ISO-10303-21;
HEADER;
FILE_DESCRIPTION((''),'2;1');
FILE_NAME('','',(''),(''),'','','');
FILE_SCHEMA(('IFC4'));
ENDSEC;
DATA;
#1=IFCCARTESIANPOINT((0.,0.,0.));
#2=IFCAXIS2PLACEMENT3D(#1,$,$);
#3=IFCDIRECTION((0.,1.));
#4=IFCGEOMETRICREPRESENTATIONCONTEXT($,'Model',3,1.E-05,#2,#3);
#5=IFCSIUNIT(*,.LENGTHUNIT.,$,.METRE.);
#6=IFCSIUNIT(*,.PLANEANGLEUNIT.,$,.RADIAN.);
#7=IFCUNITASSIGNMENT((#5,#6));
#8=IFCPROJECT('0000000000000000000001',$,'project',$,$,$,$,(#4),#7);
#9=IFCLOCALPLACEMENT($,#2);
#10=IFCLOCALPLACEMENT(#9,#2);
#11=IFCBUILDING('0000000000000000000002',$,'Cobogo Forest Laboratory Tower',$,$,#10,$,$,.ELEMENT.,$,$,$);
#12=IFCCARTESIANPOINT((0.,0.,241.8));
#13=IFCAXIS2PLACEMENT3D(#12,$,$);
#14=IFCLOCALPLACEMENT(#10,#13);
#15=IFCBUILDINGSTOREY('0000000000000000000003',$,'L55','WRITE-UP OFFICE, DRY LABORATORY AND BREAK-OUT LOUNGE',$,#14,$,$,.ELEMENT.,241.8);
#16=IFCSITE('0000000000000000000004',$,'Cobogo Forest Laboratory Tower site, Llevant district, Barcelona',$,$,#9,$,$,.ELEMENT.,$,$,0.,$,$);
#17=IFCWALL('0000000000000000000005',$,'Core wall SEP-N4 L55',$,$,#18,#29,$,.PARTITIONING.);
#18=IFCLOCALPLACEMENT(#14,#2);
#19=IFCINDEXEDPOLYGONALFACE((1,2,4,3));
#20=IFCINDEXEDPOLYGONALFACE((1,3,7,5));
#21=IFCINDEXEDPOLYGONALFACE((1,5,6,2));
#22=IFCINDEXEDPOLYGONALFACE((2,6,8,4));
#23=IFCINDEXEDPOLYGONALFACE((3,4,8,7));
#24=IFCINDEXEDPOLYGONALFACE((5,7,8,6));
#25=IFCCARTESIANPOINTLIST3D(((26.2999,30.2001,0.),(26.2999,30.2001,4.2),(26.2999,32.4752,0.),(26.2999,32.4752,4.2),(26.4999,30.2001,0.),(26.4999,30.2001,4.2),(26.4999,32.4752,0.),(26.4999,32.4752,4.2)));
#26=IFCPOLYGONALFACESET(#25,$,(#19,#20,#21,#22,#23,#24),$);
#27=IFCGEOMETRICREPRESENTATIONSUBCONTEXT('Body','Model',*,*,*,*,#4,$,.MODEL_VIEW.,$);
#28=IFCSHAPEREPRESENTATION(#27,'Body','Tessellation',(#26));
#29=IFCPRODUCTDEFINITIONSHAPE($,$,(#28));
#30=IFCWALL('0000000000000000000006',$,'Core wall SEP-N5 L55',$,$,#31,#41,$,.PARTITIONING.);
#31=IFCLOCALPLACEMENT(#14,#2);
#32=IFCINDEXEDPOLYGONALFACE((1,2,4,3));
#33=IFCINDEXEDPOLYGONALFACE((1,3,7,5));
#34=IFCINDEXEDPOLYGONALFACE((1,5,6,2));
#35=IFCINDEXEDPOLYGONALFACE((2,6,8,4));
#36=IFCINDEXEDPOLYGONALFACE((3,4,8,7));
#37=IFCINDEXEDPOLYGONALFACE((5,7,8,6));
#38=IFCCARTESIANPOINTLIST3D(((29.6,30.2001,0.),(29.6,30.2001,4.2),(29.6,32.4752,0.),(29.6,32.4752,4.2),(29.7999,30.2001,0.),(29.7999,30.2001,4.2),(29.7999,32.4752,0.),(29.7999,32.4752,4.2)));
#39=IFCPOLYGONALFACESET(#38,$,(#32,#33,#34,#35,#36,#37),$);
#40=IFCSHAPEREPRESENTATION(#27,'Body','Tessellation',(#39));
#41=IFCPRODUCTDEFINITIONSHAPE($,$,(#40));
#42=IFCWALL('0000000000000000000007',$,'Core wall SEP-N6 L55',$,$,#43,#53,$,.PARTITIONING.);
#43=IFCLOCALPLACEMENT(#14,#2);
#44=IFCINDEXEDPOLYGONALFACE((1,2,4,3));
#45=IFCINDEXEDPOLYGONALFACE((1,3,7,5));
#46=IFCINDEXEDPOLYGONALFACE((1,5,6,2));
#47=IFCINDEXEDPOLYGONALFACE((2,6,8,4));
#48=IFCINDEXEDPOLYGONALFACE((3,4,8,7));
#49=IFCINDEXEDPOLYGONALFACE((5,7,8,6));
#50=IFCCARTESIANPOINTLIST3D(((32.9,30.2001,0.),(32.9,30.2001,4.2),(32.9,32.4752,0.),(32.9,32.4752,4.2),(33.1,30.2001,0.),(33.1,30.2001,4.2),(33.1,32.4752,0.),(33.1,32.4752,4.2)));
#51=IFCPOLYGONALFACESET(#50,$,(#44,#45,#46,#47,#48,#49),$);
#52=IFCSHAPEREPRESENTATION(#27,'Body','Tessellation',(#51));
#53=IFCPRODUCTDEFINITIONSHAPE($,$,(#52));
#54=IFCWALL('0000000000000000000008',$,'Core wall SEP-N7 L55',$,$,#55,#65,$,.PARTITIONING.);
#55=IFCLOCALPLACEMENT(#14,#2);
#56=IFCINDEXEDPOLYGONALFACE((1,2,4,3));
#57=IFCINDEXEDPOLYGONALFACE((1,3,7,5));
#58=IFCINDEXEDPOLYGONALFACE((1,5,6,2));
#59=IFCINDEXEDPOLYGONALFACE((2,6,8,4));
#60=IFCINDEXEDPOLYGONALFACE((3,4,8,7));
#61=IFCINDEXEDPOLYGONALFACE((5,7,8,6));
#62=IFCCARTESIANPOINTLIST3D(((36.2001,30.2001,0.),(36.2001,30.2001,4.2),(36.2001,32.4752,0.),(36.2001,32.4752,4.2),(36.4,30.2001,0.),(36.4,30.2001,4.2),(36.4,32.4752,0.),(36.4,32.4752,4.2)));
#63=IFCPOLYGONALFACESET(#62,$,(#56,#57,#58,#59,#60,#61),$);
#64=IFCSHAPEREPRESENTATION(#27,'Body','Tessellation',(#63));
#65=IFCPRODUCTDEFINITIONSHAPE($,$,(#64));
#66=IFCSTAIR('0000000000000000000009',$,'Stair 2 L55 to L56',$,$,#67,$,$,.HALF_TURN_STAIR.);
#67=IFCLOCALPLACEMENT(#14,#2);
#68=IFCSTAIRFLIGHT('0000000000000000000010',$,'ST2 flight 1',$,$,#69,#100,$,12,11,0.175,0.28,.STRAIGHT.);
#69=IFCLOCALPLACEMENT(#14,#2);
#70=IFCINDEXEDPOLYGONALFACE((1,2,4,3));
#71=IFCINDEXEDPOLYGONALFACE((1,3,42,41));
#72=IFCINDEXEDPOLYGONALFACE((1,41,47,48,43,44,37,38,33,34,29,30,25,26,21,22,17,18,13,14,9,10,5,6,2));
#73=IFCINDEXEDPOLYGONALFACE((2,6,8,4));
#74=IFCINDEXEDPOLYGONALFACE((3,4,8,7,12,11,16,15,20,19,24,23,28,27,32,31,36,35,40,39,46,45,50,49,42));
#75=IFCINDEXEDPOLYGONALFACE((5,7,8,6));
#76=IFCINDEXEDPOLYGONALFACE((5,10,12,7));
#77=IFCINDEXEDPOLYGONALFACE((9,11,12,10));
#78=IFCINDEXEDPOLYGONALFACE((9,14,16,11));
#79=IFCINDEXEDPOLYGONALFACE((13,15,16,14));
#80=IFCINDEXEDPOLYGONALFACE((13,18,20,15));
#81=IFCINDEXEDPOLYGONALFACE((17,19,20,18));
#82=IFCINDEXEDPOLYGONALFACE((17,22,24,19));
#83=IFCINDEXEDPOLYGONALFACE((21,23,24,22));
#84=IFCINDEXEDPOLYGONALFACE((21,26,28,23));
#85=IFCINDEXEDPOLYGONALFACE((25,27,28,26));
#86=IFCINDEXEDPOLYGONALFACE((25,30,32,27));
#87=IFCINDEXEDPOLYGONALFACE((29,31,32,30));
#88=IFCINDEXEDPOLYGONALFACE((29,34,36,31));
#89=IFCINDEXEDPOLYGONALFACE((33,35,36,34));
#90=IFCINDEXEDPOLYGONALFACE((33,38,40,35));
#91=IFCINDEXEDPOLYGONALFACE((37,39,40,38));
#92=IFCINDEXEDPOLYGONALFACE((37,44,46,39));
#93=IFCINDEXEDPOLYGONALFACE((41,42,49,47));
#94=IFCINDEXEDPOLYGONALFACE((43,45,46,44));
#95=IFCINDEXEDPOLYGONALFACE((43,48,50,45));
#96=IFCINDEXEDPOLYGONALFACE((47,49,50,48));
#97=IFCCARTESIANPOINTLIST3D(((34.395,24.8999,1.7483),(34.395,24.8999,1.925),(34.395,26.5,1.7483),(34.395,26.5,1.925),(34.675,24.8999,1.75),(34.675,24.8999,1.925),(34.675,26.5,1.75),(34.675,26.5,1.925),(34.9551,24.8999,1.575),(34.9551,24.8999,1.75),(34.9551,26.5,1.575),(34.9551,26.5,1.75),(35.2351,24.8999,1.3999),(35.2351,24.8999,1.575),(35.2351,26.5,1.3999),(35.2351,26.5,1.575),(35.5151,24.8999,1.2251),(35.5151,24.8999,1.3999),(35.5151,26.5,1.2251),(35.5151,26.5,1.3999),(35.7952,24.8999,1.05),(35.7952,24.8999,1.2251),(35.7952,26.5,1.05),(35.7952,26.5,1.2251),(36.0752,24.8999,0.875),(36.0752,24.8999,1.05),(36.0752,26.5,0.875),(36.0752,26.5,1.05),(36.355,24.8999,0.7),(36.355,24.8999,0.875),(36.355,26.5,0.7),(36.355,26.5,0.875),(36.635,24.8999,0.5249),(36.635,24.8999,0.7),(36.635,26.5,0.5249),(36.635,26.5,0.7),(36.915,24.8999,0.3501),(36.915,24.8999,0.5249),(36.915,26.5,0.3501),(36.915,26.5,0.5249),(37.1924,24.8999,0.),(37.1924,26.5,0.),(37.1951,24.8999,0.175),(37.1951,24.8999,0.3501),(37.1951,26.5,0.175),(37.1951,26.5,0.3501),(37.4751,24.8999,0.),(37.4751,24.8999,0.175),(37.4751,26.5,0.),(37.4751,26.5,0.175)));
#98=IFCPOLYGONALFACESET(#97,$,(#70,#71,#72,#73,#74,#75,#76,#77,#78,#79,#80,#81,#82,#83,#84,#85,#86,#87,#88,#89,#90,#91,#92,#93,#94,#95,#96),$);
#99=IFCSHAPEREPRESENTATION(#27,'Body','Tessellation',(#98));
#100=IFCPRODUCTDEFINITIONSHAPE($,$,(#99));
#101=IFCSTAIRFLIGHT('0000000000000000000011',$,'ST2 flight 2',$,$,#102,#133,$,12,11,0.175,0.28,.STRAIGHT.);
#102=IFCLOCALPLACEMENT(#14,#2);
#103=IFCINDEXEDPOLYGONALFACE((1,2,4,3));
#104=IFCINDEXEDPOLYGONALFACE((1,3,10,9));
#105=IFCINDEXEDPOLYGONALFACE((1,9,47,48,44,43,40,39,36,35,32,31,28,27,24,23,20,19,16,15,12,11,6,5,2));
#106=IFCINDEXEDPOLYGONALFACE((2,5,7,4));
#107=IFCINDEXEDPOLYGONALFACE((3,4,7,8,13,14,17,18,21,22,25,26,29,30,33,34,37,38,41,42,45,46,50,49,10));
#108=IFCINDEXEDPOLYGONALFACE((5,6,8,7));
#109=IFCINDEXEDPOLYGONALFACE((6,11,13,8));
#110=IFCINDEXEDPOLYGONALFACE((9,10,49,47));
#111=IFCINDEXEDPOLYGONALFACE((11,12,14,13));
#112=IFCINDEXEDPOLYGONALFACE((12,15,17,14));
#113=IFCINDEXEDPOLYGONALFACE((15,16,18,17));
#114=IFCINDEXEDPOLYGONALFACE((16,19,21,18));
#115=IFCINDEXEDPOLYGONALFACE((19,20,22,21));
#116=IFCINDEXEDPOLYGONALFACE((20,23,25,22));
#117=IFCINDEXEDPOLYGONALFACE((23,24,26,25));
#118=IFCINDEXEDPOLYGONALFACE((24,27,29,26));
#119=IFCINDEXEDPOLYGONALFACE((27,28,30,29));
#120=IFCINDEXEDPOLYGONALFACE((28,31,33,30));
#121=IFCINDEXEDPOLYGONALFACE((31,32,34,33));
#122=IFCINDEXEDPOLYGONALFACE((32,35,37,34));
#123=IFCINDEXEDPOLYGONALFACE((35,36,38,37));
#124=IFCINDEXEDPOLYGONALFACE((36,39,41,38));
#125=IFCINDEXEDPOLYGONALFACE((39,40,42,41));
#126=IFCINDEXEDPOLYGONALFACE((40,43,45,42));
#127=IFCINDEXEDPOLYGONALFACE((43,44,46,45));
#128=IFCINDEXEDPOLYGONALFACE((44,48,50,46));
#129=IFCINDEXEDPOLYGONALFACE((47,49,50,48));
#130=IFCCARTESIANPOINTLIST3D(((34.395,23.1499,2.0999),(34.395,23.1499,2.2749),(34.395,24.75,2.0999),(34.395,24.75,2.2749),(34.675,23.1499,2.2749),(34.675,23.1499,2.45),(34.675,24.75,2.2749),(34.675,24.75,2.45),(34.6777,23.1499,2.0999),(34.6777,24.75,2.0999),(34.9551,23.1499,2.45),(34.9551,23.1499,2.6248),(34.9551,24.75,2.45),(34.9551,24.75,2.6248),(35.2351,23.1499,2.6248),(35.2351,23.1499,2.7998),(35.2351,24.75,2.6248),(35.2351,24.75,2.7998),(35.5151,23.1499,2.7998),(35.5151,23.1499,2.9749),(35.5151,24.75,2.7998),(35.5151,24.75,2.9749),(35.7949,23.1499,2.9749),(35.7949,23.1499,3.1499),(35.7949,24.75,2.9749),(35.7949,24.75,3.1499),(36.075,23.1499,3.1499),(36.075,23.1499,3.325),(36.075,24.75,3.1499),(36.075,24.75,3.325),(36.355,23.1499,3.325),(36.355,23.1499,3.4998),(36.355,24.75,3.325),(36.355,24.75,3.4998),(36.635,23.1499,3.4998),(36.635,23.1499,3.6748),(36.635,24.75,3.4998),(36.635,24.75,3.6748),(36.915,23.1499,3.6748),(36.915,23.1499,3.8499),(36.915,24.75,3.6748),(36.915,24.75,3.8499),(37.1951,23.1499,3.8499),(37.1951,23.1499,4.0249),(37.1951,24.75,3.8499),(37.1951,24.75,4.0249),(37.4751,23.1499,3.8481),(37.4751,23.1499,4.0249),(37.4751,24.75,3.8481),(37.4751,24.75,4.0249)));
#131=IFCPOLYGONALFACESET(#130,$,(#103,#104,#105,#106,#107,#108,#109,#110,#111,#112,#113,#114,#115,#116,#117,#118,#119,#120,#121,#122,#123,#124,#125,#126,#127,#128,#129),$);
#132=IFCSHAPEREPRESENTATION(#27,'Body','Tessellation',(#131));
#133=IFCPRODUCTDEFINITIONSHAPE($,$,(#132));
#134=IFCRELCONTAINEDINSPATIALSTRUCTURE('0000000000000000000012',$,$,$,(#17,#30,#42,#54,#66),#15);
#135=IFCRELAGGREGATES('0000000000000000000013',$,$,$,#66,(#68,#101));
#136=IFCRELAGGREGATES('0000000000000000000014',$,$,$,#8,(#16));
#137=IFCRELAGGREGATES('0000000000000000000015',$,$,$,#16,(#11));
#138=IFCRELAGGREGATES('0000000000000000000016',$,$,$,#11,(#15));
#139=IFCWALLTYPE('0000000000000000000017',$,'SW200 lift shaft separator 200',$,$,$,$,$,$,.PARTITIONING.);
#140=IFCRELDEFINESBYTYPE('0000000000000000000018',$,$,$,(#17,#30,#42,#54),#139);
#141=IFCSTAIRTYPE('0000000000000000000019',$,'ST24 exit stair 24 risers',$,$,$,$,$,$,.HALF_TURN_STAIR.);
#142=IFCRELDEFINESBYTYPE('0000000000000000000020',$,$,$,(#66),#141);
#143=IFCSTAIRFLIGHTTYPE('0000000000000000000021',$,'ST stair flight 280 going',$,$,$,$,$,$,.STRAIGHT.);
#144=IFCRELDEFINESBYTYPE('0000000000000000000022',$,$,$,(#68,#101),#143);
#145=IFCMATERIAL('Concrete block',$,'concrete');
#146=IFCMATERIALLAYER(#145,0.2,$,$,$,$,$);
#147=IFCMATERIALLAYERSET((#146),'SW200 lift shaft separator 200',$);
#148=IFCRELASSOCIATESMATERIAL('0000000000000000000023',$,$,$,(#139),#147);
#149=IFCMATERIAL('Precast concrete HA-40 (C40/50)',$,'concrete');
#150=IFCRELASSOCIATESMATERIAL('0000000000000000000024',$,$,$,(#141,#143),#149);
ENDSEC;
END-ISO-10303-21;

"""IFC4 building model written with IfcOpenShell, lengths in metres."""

from ifc_helpers import new_model, si_unit, direction, frame, frame_2d, origin, place, context, subcontext, project, spatial, polyline, rectangle, outline, extrude, material, layer, layer_set, type_object, element, aggregate, save


model = new_model("IFC4")

# Units and contexts
model_context = context("Model", 3, precision=1e-05, world=origin(), true_north=direction((0.0, 1.0)))
body_context = subcontext(model_context, "Body", "Model", "MODEL_VIEW")
ifc_project = project(units=[si_unit("LENGTHUNIT", "METRE"), si_unit("PLANEANGLEUNIT", "RADIAN")], contexts=[model_context])

# Site, building, storey
site_placement = place(None, origin())
site = spatial("IfcSite", under=ifc_project, at=site_placement, Name="Cobogo Forest Laboratory Tower site, Llevant district, Barcelona", CompositionType="ELEMENT", RefElevation=0.0)
building_placement = place(site_placement, origin())
building = spatial("IfcBuilding", under=site, at=building_placement, Name="Cobogo Forest Laboratory Tower", CompositionType="ELEMENT")
storey_placement = place(building_placement, frame((0.0, 0.0, 241.8)))
storey = spatial("IfcBuildingStorey", under=building, at=storey_placement, Name="L55", Description="WRITE-UP OFFICE, DRY LABORATORY AND BREAK-OUT LOUNGE", CompositionType="ELEMENT", Elevation=241.8)

# Walls
ifc_material_1 = material(Name="Concrete block", Category="concrete")
ifc_layer_1 = layer(ifc_material_1, 0.2)
ifc_layer_set_1 = layer_set([ifc_layer_1], Name="SW200 lift shaft separator 200")
wall_type_1 = type_object("IfcWallType", Name="SW200 lift shaft separator 200", PredefinedType="PARTITIONING", material=ifc_layer_set_1)
for number, where, z_axis, x_axis, name in (
    (1, (26.3999, 30.2, 0.0), (0.0, 0.0, 1.0), (0.0, 1.0, 0.0), "Core wall SEP-N4 L55"),
    (2, (29.7, 30.2, 0.0), (0.0, 0.0, 1.0), (0.0, 1.0, 0.0), "Core wall SEP-N5 L55"),
    (3, (33.0, 30.2, 0.0), (0.0, 0.0, 1.0), (0.0, 1.0, 0.0), "Core wall SEP-N6 L55"),
    (4, (36.3, 30.2, 0.0), (0.0, 0.0, 1.0), (0.0, 1.0, 0.0), "Core wall SEP-N7 L55"),
):
    element("IfcWall", number, at=place(storey_placement, frame(where, z_axis=z_axis, x_axis=x_axis)), inside=storey, type_object=wall_type_1, Name=name, PredefinedType="PARTITIONING", context=body_context, shape_type="SweptSolid", body=[
        extrude(rectangle(XDim=2.2751, YDim=0.2, at=frame_2d((1.1377, 0.0))), origin(), (0.0, 0.0, 1.0), 4.2),
    ])

# Stair, stair flights
ifc_material_2 = material(Name="Precast concrete HA-40 (C40/50)", Category="concrete")
stair_type = type_object("IfcStairType", Name="ST24 exit stair 24 risers", PredefinedType="HALF_TURN_STAIR", material=ifc_material_2)
stair_placement = place(storey_placement, origin())
stair = element("IfcStair", 5, at=stair_placement, inside=storey, type_object=stair_type, Name="Stair 2 L55 to L56", PredefinedType="HALF_TURN_STAIR")
stair_flight_type = type_object("IfcStairFlightType", Name="ST stair flight 280 going", PredefinedType="STRAIGHT", material=ifc_material_2)
stair_flight_1_placement = place(storey_placement, frame((37.4751, 25.7, 0.0), z_axis=(0.0, 0.0, 1.0), x_axis=(-1.0, 0.0, 0.0)))
stair_flight_1 = element("IfcStairFlight", 6, at=stair_flight_1_placement, type_object=stair_flight_type, Name="ST2 flight 1", NumberOfRisers=12, NumberOfTreads=11, PredefinedType="STRAIGHT", RiserHeight=0.175, TreadLength=0.28, context=body_context, shape_type="SweptSolid", body=[
    extrude(outline(polyline([(0.0, 0.0), (0.0, 0.175), (0.28, 0.175), (0.28, 0.3501), (0.5601, 0.3501), (0.5601, 0.5249), (0.8401, 0.5249), (0.8401, 0.7), (1.1201, 0.7), (1.1201, 0.875), (1.3999, 0.875), (1.3999, 1.05), (1.6799, 1.05), (1.6799, 1.2251), (1.96, 1.2251), (1.96, 1.3999), (2.24, 1.3999), (2.24, 1.575), (2.52, 1.575), (2.52, 1.75), (2.8, 1.75), (2.8, 1.925), (3.0801, 1.925), (3.0801, 2.1001), (3.0801, 1.7483), (0.2827, 0.0), (0.0, 0.0)])), frame((0.0, 0.8, 0.0), z_axis=(0.0, -1.0, 0.0), x_axis=(1.0, 0.0, 0.0)), (0.0, 0.0, 1.0), 1.6001),
])
stair_flight_2_placement = place(storey_placement, frame((34.395, 23.95, 2.0999), z_axis=(0.0, 0.0, 1.0), x_axis=(1.0, 0.0, 0.0)))
stair_flight_2 = element("IfcStairFlight", 7, at=stair_flight_2_placement, type_object=stair_flight_type, Name="ST2 flight 2", NumberOfRisers=12, NumberOfTreads=11, PredefinedType="STRAIGHT", RiserHeight=0.175, TreadLength=0.28, context=body_context, shape_type="SweptSolid", body=[
    extrude(outline(polyline([(0.0, 0.0), (0.0, 0.175), (0.28, 0.175), (0.28, 0.3501), (0.5601, 0.3501), (0.5601, 0.5249), (0.8401, 0.5249), (0.8401, 0.7), (1.1201, 0.7), (1.1201, 0.875), (1.3999, 0.875), (1.3999, 1.05), (1.6799, 1.05), (1.6799, 1.2251), (1.96, 1.2251), (1.96, 1.3999), (2.24, 1.3999), (2.24, 1.575), (2.52, 1.575), (2.52, 1.75), (2.8, 1.75), (2.8, 1.925), (3.0801, 1.925), (3.0801, 2.1001), (3.0801, 1.7483), (0.2827, 0.0), (0.0, 0.0)])), frame((0.0, 0.8, 0.0), z_axis=(0.0, -1.0, 0.0), x_axis=(1.0, 0.0, 0.0)), (0.0, 0.0, 1.0), 1.6001),
])
aggregate(stair, [stair_flight_1, stair_flight_2])

save(model, "model.ifc")
